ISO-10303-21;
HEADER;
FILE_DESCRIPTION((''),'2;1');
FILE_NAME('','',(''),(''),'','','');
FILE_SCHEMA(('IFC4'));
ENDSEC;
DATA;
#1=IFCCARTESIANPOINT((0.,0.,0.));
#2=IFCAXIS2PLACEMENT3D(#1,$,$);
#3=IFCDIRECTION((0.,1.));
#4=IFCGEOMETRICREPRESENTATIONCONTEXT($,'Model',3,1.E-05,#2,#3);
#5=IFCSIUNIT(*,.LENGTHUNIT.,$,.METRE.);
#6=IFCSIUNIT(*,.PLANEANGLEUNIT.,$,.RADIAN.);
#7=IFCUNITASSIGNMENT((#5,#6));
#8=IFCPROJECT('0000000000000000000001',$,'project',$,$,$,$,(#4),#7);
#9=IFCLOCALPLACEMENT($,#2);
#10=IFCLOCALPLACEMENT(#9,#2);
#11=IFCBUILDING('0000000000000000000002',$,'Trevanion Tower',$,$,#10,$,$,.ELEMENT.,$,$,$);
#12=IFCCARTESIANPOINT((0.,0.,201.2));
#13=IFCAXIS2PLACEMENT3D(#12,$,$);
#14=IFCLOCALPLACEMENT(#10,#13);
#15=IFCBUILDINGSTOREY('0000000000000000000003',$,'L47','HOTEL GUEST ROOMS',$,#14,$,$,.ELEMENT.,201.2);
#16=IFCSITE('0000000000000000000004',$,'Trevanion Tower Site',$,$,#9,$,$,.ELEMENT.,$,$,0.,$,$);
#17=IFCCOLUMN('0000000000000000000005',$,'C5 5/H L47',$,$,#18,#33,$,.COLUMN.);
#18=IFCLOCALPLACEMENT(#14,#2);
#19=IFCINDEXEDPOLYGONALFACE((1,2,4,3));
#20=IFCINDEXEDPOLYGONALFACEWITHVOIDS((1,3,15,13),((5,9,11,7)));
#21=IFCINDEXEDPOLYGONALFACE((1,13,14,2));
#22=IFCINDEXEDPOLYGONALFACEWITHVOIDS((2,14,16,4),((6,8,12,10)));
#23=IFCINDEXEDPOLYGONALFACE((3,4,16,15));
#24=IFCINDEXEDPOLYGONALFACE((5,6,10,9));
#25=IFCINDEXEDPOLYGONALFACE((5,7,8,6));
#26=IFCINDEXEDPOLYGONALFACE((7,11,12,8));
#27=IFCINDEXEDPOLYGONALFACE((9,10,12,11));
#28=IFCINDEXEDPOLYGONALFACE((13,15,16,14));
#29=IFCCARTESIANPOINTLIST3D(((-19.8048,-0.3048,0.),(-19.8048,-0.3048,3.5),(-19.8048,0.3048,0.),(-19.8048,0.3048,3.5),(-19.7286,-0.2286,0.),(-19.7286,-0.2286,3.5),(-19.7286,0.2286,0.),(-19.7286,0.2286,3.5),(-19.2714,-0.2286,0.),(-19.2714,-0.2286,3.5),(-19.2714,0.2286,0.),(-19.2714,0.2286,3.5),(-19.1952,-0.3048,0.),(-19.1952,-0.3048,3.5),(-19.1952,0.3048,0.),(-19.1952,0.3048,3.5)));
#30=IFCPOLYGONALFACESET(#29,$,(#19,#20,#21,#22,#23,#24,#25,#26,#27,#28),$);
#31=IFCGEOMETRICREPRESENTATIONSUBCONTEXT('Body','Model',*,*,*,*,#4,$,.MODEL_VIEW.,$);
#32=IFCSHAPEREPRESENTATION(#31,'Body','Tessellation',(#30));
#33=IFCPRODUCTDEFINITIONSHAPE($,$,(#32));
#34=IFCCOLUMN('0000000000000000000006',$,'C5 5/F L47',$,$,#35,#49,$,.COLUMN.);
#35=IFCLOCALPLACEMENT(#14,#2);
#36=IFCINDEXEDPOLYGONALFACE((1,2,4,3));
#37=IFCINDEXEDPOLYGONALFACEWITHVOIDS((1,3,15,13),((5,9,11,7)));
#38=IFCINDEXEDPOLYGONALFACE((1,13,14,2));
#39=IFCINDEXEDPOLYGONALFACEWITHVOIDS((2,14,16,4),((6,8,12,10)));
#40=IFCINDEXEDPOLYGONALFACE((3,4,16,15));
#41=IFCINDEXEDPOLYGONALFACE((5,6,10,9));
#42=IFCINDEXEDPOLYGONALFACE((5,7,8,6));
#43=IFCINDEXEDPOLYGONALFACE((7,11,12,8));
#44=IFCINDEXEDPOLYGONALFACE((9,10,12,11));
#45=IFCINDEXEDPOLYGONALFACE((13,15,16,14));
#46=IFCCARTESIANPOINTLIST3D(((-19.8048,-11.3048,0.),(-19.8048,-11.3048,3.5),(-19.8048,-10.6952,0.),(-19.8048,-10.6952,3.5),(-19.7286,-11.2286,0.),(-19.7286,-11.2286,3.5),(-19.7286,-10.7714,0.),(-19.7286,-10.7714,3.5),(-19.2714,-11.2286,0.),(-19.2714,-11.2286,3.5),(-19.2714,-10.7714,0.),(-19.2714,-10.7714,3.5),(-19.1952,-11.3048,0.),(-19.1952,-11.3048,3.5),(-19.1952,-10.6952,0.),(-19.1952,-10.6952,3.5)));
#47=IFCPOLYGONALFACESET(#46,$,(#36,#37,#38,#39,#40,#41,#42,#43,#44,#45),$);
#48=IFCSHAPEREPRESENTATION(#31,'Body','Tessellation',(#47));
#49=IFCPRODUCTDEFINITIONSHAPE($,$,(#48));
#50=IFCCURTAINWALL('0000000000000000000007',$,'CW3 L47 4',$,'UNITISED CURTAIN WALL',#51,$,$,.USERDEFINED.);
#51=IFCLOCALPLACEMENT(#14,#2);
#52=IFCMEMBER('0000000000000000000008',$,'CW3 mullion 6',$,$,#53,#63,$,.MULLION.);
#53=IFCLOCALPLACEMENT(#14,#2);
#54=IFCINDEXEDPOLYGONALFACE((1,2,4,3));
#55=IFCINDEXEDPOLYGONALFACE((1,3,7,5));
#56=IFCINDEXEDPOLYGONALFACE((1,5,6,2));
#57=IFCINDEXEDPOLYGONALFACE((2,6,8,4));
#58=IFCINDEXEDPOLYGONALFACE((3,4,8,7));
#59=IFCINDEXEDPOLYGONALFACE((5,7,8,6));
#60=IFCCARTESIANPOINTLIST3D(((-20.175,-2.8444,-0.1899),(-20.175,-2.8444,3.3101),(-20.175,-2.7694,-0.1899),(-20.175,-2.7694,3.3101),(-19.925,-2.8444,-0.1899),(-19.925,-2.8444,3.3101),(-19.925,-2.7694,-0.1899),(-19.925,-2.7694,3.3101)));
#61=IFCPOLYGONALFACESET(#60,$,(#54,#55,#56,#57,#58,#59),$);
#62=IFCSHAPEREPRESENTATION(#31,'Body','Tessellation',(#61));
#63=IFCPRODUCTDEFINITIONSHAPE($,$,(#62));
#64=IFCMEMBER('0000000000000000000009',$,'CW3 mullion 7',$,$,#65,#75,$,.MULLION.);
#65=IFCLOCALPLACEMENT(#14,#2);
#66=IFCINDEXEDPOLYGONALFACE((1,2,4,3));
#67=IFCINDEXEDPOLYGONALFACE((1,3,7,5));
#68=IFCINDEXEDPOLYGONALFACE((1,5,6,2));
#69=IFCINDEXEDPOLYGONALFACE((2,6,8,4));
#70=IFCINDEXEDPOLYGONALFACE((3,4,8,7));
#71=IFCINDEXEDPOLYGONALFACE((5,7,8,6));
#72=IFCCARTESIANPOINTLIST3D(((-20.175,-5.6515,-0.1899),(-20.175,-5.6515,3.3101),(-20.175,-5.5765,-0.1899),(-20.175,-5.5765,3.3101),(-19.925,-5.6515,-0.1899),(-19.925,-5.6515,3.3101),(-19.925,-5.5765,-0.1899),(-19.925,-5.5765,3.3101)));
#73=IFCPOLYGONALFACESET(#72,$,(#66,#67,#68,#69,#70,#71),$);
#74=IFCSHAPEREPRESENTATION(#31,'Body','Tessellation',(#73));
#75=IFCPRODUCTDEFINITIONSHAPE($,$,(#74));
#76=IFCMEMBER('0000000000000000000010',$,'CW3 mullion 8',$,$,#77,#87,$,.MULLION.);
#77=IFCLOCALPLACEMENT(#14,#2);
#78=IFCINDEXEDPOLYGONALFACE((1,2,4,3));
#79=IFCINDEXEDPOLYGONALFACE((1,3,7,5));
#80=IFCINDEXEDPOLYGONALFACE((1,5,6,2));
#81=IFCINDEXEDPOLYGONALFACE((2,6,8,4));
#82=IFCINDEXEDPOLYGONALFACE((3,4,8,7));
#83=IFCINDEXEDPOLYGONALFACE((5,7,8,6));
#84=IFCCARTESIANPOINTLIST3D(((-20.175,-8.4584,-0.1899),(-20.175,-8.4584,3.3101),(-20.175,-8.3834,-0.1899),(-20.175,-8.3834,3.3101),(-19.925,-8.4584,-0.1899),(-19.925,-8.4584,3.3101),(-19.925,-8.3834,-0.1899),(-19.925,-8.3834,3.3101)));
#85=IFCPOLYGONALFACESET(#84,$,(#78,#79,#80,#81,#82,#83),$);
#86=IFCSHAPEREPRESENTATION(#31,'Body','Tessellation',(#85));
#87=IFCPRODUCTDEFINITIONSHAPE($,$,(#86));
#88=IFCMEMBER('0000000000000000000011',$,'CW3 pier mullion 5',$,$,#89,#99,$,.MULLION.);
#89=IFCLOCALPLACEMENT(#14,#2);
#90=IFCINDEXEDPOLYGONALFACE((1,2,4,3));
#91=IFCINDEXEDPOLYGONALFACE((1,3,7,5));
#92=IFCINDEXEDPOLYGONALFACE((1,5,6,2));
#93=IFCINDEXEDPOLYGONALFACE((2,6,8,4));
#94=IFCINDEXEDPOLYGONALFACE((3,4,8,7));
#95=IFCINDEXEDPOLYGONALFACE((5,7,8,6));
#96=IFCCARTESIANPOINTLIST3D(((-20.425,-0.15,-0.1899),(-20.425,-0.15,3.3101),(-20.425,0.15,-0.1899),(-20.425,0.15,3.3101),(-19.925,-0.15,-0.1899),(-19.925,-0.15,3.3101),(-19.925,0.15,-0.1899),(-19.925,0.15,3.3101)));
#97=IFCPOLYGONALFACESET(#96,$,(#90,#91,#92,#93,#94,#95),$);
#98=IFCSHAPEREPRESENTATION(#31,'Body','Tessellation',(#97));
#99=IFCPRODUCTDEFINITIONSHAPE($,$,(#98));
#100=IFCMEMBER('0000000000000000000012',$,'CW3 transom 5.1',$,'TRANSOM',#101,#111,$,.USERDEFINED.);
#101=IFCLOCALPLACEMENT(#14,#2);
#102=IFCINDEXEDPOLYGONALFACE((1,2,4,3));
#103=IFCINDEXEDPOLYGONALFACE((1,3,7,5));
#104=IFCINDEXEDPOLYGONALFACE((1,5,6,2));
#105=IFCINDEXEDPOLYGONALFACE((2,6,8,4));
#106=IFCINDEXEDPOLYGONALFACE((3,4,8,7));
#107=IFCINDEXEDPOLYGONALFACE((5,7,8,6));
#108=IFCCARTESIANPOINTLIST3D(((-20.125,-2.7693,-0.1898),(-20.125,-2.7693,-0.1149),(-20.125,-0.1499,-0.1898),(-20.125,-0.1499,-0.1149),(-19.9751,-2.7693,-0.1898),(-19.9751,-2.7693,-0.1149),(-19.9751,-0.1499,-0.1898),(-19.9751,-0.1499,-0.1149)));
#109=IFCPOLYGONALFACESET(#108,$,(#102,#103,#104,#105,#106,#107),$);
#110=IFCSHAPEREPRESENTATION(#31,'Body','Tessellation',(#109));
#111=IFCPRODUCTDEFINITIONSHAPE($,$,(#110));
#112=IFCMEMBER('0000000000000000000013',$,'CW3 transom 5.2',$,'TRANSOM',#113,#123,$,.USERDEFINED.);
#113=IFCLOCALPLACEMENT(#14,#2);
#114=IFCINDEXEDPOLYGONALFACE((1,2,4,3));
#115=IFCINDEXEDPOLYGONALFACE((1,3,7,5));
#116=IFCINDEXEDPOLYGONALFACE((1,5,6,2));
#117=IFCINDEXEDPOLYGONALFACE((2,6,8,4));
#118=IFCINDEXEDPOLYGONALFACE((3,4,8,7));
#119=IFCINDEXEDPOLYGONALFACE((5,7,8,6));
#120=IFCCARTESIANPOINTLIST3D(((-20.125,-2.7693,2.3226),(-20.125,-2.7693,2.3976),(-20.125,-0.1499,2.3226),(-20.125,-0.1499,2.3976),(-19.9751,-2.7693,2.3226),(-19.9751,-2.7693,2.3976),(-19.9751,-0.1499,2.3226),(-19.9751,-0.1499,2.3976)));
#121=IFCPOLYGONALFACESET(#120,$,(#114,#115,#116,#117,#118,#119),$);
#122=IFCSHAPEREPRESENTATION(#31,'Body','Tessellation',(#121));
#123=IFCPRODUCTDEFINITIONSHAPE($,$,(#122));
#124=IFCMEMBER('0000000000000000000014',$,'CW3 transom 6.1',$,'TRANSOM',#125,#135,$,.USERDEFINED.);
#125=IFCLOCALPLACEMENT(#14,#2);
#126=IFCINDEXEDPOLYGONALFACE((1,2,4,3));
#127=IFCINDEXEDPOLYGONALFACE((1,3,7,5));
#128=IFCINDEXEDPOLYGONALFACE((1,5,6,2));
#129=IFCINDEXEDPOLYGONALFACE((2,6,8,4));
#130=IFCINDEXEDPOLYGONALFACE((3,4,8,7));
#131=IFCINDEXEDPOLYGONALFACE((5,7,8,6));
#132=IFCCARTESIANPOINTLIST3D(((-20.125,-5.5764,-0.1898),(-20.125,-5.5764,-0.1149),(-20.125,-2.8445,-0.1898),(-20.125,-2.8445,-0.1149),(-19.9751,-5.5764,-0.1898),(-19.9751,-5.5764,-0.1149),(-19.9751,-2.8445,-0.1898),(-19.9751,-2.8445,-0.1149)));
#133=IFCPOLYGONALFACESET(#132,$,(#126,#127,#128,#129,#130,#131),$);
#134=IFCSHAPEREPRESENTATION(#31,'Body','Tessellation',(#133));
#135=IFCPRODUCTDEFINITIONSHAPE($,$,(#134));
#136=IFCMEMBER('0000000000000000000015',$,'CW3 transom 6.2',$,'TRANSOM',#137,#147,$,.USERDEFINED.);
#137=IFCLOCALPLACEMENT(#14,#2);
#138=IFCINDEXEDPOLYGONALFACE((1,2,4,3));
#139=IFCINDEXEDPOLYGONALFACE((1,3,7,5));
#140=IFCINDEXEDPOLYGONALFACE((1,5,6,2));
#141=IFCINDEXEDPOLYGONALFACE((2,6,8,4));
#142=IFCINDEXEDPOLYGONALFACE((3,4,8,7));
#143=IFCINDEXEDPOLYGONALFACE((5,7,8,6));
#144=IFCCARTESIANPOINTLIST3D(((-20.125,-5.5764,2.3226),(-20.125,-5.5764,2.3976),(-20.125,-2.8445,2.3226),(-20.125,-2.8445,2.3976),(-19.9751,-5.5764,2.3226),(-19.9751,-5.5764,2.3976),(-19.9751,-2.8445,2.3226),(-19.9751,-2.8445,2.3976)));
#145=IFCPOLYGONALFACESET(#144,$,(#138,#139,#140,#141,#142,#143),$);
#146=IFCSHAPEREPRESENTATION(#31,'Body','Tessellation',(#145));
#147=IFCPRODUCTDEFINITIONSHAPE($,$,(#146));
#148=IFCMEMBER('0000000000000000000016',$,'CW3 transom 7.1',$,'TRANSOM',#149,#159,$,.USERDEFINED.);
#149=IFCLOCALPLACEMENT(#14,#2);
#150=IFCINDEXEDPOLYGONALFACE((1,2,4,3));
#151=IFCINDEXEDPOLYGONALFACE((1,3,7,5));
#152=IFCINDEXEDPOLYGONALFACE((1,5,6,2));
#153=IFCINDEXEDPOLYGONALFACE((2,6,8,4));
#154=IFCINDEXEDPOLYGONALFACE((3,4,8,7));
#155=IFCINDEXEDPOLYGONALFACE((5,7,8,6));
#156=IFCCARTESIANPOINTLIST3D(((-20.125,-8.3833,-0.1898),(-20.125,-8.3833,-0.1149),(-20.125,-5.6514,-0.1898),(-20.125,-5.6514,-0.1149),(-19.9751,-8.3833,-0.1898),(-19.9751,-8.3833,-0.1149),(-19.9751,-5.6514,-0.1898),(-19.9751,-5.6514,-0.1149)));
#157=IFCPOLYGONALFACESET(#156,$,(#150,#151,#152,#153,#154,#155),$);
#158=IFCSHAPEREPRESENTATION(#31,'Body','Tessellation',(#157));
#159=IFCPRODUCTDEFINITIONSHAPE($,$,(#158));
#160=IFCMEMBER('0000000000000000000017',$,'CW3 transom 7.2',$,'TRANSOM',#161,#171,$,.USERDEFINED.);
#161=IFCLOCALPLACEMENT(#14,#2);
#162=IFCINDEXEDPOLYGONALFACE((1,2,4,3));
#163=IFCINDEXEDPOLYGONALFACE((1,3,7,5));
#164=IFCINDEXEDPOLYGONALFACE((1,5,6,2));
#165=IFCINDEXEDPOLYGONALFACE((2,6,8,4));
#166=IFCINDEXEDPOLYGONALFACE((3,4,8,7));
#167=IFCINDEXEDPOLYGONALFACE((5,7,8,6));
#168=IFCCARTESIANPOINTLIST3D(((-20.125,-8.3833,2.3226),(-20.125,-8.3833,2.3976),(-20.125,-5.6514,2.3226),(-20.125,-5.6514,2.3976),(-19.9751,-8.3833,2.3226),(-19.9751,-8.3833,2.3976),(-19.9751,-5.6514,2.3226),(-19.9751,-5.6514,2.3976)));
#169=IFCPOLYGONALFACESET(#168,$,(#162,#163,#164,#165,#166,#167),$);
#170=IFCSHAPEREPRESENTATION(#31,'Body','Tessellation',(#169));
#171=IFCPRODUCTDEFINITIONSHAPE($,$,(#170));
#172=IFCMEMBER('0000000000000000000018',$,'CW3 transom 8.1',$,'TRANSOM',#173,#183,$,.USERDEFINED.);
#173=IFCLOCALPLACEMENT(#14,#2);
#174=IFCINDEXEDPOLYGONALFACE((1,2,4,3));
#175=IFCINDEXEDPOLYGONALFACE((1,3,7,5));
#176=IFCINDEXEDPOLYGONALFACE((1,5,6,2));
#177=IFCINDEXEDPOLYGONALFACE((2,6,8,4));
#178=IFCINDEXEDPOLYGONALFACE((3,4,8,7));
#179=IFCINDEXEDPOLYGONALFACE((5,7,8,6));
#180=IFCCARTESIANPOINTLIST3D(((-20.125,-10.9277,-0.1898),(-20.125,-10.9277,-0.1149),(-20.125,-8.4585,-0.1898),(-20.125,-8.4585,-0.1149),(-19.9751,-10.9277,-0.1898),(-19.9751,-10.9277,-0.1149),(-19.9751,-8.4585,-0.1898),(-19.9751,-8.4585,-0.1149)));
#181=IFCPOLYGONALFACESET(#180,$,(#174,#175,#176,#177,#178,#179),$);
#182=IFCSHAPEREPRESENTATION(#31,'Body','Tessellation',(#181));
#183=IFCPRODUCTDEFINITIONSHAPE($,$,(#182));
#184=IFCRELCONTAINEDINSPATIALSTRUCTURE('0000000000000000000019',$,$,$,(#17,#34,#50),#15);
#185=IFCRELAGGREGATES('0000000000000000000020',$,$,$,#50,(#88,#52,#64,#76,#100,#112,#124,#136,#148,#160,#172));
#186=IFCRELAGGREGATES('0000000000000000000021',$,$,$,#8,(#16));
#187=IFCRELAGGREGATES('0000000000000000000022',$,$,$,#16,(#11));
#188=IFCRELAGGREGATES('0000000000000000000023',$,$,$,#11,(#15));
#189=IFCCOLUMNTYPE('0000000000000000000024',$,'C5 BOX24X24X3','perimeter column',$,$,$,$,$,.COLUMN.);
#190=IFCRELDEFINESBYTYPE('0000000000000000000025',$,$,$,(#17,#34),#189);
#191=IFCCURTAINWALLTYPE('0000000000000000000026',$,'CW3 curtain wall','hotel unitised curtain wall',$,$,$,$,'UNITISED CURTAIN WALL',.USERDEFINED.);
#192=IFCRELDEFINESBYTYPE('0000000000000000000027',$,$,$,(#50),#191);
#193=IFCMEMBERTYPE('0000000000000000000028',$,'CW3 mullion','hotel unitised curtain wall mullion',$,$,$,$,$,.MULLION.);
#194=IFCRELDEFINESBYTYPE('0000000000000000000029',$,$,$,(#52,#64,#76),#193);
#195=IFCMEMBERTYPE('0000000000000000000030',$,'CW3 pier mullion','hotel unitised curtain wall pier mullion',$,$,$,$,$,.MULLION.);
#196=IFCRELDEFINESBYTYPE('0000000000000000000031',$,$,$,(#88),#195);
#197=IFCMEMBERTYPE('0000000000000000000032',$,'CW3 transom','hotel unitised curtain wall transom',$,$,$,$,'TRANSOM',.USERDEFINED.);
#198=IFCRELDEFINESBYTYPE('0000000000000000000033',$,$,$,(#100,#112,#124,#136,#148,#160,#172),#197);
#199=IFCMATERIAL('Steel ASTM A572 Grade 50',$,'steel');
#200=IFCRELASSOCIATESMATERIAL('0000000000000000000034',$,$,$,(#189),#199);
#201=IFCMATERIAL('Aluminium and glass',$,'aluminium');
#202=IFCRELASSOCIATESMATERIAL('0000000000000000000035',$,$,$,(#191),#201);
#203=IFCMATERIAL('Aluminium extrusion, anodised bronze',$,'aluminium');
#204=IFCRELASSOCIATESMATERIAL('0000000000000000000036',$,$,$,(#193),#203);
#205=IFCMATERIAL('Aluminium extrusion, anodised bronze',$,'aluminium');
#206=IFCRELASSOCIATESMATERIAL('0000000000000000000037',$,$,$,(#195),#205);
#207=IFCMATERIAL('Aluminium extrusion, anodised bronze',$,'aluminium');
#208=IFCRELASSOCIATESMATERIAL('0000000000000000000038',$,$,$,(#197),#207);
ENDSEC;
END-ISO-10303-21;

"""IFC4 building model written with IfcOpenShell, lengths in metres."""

from ifc_helpers import new_model, si_unit, direction, frame, origin, origin_2d, place, context, subcontext, project, spatial, rectangle, hollow_rectangle, extrude, material, material_profile, profile_set, type_object, element, aggregate, save


model = new_model("IFC4")

# Units and contexts
model_context = context("Model", 3, precision=1e-05, world=origin(), true_north=direction((0.0, 1.0)))
body_context = subcontext(model_context, "Body", "Model", "MODEL_VIEW")
ifc_project = project(units=[si_unit("LENGTHUNIT", "METRE"), si_unit("PLANEANGLEUNIT", "RADIAN")], contexts=[model_context])

# Site, building, storey
site_placement = place(None, origin())
site = spatial("IfcSite", under=ifc_project, at=site_placement, Name="Trevanion Tower Site", CompositionType="ELEMENT", RefElevation=0.0)
building_placement = place(site_placement, origin())
building = spatial("IfcBuilding", under=site, at=building_placement, Name="Trevanion Tower", CompositionType="ELEMENT")
storey_placement = place(building_placement, frame((0.0, 0.0, 201.2)))
storey = spatial("IfcBuildingStorey", under=building, at=storey_placement, Name="L47", Description="HOTEL GUEST ROOMS", CompositionType="ELEMENT", Elevation=201.2)

# Columns
ifc_material_1 = material(Name="Steel ASTM A572 Grade 50", Category="steel")
ifc_material_profile_1 = material_profile(ifc_material_1, hollow_rectangle(XDim=0.6096, YDim=0.6096, WallThickness=0.0762, at=origin_2d()), Name="BOX24X24X3")
ifc_profile_set_1 = profile_set([ifc_material_profile_1], Name="Steel ASTM A572 Grade 50")
column_type = type_object("IfcColumnType", Name="C5 BOX24X24X3", Description="perimeter column", PredefinedType="COLUMN", material=ifc_profile_set_1)
for number, where, z_axis, x_axis, name in (
    (1, (-19.5, 0.0, 0.0), (0.0, 0.0, 1.0), (0.0, 1.0, 0.0), "C5 5/H L47"),
    (2, (-19.5, -11.0, 0.0), (0.0, 0.0, 1.0), (0.0, 1.0, 0.0), "C5 5/F L47"),
):
    element("IfcColumn", number, at=place(storey_placement, frame(where, z_axis=z_axis, x_axis=x_axis)), inside=storey, type_object=column_type, Name=name, PredefinedType="COLUMN", context=body_context, shape_type="SweptSolid", body=[
        extrude(hollow_rectangle(XDim=0.6096, YDim=0.6096, WallThickness=0.0762, at=origin_2d()), origin(), (0.0, 0.0, 1.0), 3.5),
    ])

# Curtain wall, members
ifc_material_2 = material(Name="Aluminium and glass", Category="aluminium")
curtain_wall_type = type_object("IfcCurtainWallType", Name="CW3 curtain wall", Description="hotel unitised curtain wall", ElementType="UNITISED CURTAIN WALL", PredefinedType="USERDEFINED", material=ifc_material_2)
curtain_wall_placement = place(storey_placement, origin())
curtain_wall = element("IfcCurtainWall", 3, at=curtain_wall_placement, inside=storey, type_object=curtain_wall_type, Name="CW3 L47 4", ObjectType="UNITISED CURTAIN WALL", PredefinedType="USERDEFINED")
ifc_material_3 = material(Name="Aluminium extrusion, anodised bronze", Category="aluminium")
ifc_material_profile_2 = material_profile(ifc_material_3, rectangle(XDim=0.075, YDim=0.25, at=origin_2d()), Name="CW3 mullion")
ifc_profile_set_2 = profile_set([ifc_material_profile_2], Name="Aluminium extrusion, anodised bronze")
member_type_1 = type_object("IfcMemberType", Name="CW3 mullion", Description="hotel unitised curtain wall mullion", PredefinedType="MULLION", material=ifc_profile_set_2)
member_1_placement = place(storey_placement, frame((-20.05, -2.8069, -0.1899), z_axis=(0.0, 0.0, 1.0), x_axis=(0.0, -1.0, 0.0)))
member_1 = element("IfcMember", 4, at=member_1_placement, type_object=member_type_1, Name="CW3 mullion 6", PredefinedType="MULLION", context=body_context, shape_type="SweptSolid", body=[
    extrude(rectangle(XDim=0.075, YDim=0.25, at=origin_2d()), origin(), (0.0, 0.0, 1.0), 3.5),
])
member_2_placement = place(storey_placement, frame((-20.05, -5.614, -0.1899), z_axis=(0.0, 0.0, 1.0), x_axis=(0.0, -1.0, 0.0)))
member_2 = element("IfcMember", 5, at=member_2_placement, type_object=member_type_1, Name="CW3 mullion 7", PredefinedType="MULLION", context=body_context, shape_type="SweptSolid", body=[
    extrude(rectangle(XDim=0.075, YDim=0.25, at=origin_2d()), origin(), (0.0, 0.0, 1.0), 3.5),
])
member_3_placement = place(storey_placement, frame((-20.05, -8.4209, -0.1899), z_axis=(0.0, 0.0, 1.0), x_axis=(0.0, -1.0, 0.0)))
member_3 = element("IfcMember", 6, at=member_3_placement, type_object=member_type_1, Name="CW3 mullion 8", PredefinedType="MULLION", context=body_context, shape_type="SweptSolid", body=[
    extrude(rectangle(XDim=0.075, YDim=0.25, at=origin_2d()), origin(), (0.0, 0.0, 1.0), 3.5),
])
ifc_material_4 = material(Name="Aluminium extrusion, anodised bronze", Category="aluminium")
ifc_material_profile_3 = material_profile(ifc_material_4, rectangle(XDim=0.3, YDim=0.5, at=origin_2d()), Name="CW3 pier mullion")
ifc_profile_set_3 = profile_set([ifc_material_profile_3], Name="Aluminium extrusion, anodised bronze")
member_type_2 = type_object("IfcMemberType", Name="CW3 pier mullion", Description="hotel unitised curtain wall pier mullion", PredefinedType="MULLION", material=ifc_profile_set_3)
member_4_placement = place(storey_placement, frame((-20.175, 0.0, -0.1899), z_axis=(0.0, 0.0, 1.0), x_axis=(0.0, -1.0, 0.0)))
member_4 = element("IfcMember", 7, at=member_4_placement, type_object=member_type_2, Name="CW3 pier mullion 5", PredefinedType="MULLION", context=body_context, shape_type="SweptSolid", body=[
    extrude(rectangle(XDim=0.3, YDim=0.5, at=origin_2d()), origin(), (0.0, 0.0, 1.0), 3.5),
])
ifc_material_5 = material(Name="Aluminium extrusion, anodised bronze", Category="aluminium")
ifc_material_profile_4 = material_profile(ifc_material_5, rectangle(XDim=0.1499, YDim=0.075, at=origin_2d()), Name="CW3 transom")
ifc_profile_set_4 = profile_set([ifc_material_profile_4], Name="Aluminium extrusion, anodised bronze")
member_type_3 = type_object("IfcMemberType", Name="CW3 transom", Description="hotel unitised curtain wall transom", ElementType="TRANSOM", PredefinedType="USERDEFINED", material=ifc_profile_set_4)
member_5_placement = place(storey_placement, frame((-20.05, -0.1499, -0.1523), z_axis=(0.0, -1.0, 0.0), x_axis=(1.0, 0.0, 0.0)))
member_5 = element("IfcMember", 8, at=member_5_placement, type_object=member_type_3, Name="CW3 transom 5.1", ObjectType="TRANSOM", PredefinedType="USERDEFINED", context=body_context, shape_type="SweptSolid", body=[
    extrude(rectangle(XDim=0.1499, YDim=0.075, at=origin_2d()), origin(), (0.0, 0.0, 1.0), 2.6194),
])
member_6_placement = place(storey_placement, frame((-20.05, -0.1499, 2.3601), z_axis=(0.0, -1.0, 0.0), x_axis=(1.0, 0.0, 0.0)))
member_6 = element("IfcMember", 9, at=member_6_placement, type_object=member_type_3, Name="CW3 transom 5.2", ObjectType="TRANSOM", PredefinedType="USERDEFINED", context=body_context, shape_type="SweptSolid", body=[
    extrude(rectangle(XDim=0.1499, YDim=0.075, at=origin_2d()), origin(), (0.0, 0.0, 1.0), 2.6194),
])
member_7_placement = place(storey_placement, frame((-20.05, -2.8445, -0.1523), z_axis=(0.0, -1.0, 0.0), x_axis=(1.0, 0.0, 0.0)))
member_7 = element("IfcMember", 10, at=member_7_placement, type_object=member_type_3, Name="CW3 transom 6.1", ObjectType="TRANSOM", PredefinedType="USERDEFINED", context=body_context, shape_type="SweptSolid", body=[
    extrude(rectangle(XDim=0.1499, YDim=0.075, at=origin_2d()), origin(), (0.0, 0.0, 1.0), 2.7319),
])
member_8_placement = place(storey_placement, frame((-20.05, -2.8445, 2.3601), z_axis=(0.0, -1.0, 0.0), x_axis=(1.0, 0.0, 0.0)))
member_8 = element("IfcMember", 11, at=member_8_placement, type_object=member_type_3, Name="CW3 transom 6.2", ObjectType="TRANSOM", PredefinedType="USERDEFINED", context=body_context, shape_type="SweptSolid", body=[
    extrude(rectangle(XDim=0.1499, YDim=0.075, at=origin_2d()), origin(), (0.0, 0.0, 1.0), 2.7319),
])
member_9_placement = place(storey_placement, frame((-20.05, -5.6514, -0.1523), z_axis=(0.0, -1.0, 0.0), x_axis=(1.0, 0.0, 0.0)))
member_9 = element("IfcMember", 12, at=member_9_placement, type_object=member_type_3, Name="CW3 transom 7.1", ObjectType="TRANSOM", PredefinedType="USERDEFINED", context=body_context, shape_type="SweptSolid", body=[
    extrude(rectangle(XDim=0.1499, YDim=0.075, at=origin_2d()), origin(), (0.0, 0.0, 1.0), 2.7319),
])
member_10_placement = place(storey_placement, frame((-20.05, -5.6514, 2.3601), z_axis=(0.0, -1.0, 0.0), x_axis=(1.0, 0.0, 0.0)))
member_10 = element("IfcMember", 13, at=member_10_placement, type_object=member_type_3, Name="CW3 transom 7.2", ObjectType="TRANSOM", PredefinedType="USERDEFINED", context=body_context, shape_type="SweptSolid", body=[
    extrude(rectangle(XDim=0.1499, YDim=0.075, at=origin_2d()), origin(), (0.0, 0.0, 1.0), 2.7319),
])
member_11_placement = place(storey_placement, frame((-20.05, -8.4585, -0.1523), z_axis=(0.0, -1.0, 0.0), x_axis=(1.0, 0.0, 0.0)))
member_11 = element("IfcMember", 14, at=member_11_placement, type_object=member_type_3, Name="CW3 transom 8.1", ObjectType="TRANSOM", PredefinedType="USERDEFINED", context=body_context, shape_type="SweptSolid", body=[
    extrude(rectangle(XDim=0.1499, YDim=0.075, at=origin_2d()), origin(), (0.0, 0.0, 1.0), 2.4692),
])

aggregate(curtain_wall, [member_4, member_1, member_2, member_3, member_5, member_6, member_7, member_8, member_9, member_10, member_11])

save(model, "model.ifc")
